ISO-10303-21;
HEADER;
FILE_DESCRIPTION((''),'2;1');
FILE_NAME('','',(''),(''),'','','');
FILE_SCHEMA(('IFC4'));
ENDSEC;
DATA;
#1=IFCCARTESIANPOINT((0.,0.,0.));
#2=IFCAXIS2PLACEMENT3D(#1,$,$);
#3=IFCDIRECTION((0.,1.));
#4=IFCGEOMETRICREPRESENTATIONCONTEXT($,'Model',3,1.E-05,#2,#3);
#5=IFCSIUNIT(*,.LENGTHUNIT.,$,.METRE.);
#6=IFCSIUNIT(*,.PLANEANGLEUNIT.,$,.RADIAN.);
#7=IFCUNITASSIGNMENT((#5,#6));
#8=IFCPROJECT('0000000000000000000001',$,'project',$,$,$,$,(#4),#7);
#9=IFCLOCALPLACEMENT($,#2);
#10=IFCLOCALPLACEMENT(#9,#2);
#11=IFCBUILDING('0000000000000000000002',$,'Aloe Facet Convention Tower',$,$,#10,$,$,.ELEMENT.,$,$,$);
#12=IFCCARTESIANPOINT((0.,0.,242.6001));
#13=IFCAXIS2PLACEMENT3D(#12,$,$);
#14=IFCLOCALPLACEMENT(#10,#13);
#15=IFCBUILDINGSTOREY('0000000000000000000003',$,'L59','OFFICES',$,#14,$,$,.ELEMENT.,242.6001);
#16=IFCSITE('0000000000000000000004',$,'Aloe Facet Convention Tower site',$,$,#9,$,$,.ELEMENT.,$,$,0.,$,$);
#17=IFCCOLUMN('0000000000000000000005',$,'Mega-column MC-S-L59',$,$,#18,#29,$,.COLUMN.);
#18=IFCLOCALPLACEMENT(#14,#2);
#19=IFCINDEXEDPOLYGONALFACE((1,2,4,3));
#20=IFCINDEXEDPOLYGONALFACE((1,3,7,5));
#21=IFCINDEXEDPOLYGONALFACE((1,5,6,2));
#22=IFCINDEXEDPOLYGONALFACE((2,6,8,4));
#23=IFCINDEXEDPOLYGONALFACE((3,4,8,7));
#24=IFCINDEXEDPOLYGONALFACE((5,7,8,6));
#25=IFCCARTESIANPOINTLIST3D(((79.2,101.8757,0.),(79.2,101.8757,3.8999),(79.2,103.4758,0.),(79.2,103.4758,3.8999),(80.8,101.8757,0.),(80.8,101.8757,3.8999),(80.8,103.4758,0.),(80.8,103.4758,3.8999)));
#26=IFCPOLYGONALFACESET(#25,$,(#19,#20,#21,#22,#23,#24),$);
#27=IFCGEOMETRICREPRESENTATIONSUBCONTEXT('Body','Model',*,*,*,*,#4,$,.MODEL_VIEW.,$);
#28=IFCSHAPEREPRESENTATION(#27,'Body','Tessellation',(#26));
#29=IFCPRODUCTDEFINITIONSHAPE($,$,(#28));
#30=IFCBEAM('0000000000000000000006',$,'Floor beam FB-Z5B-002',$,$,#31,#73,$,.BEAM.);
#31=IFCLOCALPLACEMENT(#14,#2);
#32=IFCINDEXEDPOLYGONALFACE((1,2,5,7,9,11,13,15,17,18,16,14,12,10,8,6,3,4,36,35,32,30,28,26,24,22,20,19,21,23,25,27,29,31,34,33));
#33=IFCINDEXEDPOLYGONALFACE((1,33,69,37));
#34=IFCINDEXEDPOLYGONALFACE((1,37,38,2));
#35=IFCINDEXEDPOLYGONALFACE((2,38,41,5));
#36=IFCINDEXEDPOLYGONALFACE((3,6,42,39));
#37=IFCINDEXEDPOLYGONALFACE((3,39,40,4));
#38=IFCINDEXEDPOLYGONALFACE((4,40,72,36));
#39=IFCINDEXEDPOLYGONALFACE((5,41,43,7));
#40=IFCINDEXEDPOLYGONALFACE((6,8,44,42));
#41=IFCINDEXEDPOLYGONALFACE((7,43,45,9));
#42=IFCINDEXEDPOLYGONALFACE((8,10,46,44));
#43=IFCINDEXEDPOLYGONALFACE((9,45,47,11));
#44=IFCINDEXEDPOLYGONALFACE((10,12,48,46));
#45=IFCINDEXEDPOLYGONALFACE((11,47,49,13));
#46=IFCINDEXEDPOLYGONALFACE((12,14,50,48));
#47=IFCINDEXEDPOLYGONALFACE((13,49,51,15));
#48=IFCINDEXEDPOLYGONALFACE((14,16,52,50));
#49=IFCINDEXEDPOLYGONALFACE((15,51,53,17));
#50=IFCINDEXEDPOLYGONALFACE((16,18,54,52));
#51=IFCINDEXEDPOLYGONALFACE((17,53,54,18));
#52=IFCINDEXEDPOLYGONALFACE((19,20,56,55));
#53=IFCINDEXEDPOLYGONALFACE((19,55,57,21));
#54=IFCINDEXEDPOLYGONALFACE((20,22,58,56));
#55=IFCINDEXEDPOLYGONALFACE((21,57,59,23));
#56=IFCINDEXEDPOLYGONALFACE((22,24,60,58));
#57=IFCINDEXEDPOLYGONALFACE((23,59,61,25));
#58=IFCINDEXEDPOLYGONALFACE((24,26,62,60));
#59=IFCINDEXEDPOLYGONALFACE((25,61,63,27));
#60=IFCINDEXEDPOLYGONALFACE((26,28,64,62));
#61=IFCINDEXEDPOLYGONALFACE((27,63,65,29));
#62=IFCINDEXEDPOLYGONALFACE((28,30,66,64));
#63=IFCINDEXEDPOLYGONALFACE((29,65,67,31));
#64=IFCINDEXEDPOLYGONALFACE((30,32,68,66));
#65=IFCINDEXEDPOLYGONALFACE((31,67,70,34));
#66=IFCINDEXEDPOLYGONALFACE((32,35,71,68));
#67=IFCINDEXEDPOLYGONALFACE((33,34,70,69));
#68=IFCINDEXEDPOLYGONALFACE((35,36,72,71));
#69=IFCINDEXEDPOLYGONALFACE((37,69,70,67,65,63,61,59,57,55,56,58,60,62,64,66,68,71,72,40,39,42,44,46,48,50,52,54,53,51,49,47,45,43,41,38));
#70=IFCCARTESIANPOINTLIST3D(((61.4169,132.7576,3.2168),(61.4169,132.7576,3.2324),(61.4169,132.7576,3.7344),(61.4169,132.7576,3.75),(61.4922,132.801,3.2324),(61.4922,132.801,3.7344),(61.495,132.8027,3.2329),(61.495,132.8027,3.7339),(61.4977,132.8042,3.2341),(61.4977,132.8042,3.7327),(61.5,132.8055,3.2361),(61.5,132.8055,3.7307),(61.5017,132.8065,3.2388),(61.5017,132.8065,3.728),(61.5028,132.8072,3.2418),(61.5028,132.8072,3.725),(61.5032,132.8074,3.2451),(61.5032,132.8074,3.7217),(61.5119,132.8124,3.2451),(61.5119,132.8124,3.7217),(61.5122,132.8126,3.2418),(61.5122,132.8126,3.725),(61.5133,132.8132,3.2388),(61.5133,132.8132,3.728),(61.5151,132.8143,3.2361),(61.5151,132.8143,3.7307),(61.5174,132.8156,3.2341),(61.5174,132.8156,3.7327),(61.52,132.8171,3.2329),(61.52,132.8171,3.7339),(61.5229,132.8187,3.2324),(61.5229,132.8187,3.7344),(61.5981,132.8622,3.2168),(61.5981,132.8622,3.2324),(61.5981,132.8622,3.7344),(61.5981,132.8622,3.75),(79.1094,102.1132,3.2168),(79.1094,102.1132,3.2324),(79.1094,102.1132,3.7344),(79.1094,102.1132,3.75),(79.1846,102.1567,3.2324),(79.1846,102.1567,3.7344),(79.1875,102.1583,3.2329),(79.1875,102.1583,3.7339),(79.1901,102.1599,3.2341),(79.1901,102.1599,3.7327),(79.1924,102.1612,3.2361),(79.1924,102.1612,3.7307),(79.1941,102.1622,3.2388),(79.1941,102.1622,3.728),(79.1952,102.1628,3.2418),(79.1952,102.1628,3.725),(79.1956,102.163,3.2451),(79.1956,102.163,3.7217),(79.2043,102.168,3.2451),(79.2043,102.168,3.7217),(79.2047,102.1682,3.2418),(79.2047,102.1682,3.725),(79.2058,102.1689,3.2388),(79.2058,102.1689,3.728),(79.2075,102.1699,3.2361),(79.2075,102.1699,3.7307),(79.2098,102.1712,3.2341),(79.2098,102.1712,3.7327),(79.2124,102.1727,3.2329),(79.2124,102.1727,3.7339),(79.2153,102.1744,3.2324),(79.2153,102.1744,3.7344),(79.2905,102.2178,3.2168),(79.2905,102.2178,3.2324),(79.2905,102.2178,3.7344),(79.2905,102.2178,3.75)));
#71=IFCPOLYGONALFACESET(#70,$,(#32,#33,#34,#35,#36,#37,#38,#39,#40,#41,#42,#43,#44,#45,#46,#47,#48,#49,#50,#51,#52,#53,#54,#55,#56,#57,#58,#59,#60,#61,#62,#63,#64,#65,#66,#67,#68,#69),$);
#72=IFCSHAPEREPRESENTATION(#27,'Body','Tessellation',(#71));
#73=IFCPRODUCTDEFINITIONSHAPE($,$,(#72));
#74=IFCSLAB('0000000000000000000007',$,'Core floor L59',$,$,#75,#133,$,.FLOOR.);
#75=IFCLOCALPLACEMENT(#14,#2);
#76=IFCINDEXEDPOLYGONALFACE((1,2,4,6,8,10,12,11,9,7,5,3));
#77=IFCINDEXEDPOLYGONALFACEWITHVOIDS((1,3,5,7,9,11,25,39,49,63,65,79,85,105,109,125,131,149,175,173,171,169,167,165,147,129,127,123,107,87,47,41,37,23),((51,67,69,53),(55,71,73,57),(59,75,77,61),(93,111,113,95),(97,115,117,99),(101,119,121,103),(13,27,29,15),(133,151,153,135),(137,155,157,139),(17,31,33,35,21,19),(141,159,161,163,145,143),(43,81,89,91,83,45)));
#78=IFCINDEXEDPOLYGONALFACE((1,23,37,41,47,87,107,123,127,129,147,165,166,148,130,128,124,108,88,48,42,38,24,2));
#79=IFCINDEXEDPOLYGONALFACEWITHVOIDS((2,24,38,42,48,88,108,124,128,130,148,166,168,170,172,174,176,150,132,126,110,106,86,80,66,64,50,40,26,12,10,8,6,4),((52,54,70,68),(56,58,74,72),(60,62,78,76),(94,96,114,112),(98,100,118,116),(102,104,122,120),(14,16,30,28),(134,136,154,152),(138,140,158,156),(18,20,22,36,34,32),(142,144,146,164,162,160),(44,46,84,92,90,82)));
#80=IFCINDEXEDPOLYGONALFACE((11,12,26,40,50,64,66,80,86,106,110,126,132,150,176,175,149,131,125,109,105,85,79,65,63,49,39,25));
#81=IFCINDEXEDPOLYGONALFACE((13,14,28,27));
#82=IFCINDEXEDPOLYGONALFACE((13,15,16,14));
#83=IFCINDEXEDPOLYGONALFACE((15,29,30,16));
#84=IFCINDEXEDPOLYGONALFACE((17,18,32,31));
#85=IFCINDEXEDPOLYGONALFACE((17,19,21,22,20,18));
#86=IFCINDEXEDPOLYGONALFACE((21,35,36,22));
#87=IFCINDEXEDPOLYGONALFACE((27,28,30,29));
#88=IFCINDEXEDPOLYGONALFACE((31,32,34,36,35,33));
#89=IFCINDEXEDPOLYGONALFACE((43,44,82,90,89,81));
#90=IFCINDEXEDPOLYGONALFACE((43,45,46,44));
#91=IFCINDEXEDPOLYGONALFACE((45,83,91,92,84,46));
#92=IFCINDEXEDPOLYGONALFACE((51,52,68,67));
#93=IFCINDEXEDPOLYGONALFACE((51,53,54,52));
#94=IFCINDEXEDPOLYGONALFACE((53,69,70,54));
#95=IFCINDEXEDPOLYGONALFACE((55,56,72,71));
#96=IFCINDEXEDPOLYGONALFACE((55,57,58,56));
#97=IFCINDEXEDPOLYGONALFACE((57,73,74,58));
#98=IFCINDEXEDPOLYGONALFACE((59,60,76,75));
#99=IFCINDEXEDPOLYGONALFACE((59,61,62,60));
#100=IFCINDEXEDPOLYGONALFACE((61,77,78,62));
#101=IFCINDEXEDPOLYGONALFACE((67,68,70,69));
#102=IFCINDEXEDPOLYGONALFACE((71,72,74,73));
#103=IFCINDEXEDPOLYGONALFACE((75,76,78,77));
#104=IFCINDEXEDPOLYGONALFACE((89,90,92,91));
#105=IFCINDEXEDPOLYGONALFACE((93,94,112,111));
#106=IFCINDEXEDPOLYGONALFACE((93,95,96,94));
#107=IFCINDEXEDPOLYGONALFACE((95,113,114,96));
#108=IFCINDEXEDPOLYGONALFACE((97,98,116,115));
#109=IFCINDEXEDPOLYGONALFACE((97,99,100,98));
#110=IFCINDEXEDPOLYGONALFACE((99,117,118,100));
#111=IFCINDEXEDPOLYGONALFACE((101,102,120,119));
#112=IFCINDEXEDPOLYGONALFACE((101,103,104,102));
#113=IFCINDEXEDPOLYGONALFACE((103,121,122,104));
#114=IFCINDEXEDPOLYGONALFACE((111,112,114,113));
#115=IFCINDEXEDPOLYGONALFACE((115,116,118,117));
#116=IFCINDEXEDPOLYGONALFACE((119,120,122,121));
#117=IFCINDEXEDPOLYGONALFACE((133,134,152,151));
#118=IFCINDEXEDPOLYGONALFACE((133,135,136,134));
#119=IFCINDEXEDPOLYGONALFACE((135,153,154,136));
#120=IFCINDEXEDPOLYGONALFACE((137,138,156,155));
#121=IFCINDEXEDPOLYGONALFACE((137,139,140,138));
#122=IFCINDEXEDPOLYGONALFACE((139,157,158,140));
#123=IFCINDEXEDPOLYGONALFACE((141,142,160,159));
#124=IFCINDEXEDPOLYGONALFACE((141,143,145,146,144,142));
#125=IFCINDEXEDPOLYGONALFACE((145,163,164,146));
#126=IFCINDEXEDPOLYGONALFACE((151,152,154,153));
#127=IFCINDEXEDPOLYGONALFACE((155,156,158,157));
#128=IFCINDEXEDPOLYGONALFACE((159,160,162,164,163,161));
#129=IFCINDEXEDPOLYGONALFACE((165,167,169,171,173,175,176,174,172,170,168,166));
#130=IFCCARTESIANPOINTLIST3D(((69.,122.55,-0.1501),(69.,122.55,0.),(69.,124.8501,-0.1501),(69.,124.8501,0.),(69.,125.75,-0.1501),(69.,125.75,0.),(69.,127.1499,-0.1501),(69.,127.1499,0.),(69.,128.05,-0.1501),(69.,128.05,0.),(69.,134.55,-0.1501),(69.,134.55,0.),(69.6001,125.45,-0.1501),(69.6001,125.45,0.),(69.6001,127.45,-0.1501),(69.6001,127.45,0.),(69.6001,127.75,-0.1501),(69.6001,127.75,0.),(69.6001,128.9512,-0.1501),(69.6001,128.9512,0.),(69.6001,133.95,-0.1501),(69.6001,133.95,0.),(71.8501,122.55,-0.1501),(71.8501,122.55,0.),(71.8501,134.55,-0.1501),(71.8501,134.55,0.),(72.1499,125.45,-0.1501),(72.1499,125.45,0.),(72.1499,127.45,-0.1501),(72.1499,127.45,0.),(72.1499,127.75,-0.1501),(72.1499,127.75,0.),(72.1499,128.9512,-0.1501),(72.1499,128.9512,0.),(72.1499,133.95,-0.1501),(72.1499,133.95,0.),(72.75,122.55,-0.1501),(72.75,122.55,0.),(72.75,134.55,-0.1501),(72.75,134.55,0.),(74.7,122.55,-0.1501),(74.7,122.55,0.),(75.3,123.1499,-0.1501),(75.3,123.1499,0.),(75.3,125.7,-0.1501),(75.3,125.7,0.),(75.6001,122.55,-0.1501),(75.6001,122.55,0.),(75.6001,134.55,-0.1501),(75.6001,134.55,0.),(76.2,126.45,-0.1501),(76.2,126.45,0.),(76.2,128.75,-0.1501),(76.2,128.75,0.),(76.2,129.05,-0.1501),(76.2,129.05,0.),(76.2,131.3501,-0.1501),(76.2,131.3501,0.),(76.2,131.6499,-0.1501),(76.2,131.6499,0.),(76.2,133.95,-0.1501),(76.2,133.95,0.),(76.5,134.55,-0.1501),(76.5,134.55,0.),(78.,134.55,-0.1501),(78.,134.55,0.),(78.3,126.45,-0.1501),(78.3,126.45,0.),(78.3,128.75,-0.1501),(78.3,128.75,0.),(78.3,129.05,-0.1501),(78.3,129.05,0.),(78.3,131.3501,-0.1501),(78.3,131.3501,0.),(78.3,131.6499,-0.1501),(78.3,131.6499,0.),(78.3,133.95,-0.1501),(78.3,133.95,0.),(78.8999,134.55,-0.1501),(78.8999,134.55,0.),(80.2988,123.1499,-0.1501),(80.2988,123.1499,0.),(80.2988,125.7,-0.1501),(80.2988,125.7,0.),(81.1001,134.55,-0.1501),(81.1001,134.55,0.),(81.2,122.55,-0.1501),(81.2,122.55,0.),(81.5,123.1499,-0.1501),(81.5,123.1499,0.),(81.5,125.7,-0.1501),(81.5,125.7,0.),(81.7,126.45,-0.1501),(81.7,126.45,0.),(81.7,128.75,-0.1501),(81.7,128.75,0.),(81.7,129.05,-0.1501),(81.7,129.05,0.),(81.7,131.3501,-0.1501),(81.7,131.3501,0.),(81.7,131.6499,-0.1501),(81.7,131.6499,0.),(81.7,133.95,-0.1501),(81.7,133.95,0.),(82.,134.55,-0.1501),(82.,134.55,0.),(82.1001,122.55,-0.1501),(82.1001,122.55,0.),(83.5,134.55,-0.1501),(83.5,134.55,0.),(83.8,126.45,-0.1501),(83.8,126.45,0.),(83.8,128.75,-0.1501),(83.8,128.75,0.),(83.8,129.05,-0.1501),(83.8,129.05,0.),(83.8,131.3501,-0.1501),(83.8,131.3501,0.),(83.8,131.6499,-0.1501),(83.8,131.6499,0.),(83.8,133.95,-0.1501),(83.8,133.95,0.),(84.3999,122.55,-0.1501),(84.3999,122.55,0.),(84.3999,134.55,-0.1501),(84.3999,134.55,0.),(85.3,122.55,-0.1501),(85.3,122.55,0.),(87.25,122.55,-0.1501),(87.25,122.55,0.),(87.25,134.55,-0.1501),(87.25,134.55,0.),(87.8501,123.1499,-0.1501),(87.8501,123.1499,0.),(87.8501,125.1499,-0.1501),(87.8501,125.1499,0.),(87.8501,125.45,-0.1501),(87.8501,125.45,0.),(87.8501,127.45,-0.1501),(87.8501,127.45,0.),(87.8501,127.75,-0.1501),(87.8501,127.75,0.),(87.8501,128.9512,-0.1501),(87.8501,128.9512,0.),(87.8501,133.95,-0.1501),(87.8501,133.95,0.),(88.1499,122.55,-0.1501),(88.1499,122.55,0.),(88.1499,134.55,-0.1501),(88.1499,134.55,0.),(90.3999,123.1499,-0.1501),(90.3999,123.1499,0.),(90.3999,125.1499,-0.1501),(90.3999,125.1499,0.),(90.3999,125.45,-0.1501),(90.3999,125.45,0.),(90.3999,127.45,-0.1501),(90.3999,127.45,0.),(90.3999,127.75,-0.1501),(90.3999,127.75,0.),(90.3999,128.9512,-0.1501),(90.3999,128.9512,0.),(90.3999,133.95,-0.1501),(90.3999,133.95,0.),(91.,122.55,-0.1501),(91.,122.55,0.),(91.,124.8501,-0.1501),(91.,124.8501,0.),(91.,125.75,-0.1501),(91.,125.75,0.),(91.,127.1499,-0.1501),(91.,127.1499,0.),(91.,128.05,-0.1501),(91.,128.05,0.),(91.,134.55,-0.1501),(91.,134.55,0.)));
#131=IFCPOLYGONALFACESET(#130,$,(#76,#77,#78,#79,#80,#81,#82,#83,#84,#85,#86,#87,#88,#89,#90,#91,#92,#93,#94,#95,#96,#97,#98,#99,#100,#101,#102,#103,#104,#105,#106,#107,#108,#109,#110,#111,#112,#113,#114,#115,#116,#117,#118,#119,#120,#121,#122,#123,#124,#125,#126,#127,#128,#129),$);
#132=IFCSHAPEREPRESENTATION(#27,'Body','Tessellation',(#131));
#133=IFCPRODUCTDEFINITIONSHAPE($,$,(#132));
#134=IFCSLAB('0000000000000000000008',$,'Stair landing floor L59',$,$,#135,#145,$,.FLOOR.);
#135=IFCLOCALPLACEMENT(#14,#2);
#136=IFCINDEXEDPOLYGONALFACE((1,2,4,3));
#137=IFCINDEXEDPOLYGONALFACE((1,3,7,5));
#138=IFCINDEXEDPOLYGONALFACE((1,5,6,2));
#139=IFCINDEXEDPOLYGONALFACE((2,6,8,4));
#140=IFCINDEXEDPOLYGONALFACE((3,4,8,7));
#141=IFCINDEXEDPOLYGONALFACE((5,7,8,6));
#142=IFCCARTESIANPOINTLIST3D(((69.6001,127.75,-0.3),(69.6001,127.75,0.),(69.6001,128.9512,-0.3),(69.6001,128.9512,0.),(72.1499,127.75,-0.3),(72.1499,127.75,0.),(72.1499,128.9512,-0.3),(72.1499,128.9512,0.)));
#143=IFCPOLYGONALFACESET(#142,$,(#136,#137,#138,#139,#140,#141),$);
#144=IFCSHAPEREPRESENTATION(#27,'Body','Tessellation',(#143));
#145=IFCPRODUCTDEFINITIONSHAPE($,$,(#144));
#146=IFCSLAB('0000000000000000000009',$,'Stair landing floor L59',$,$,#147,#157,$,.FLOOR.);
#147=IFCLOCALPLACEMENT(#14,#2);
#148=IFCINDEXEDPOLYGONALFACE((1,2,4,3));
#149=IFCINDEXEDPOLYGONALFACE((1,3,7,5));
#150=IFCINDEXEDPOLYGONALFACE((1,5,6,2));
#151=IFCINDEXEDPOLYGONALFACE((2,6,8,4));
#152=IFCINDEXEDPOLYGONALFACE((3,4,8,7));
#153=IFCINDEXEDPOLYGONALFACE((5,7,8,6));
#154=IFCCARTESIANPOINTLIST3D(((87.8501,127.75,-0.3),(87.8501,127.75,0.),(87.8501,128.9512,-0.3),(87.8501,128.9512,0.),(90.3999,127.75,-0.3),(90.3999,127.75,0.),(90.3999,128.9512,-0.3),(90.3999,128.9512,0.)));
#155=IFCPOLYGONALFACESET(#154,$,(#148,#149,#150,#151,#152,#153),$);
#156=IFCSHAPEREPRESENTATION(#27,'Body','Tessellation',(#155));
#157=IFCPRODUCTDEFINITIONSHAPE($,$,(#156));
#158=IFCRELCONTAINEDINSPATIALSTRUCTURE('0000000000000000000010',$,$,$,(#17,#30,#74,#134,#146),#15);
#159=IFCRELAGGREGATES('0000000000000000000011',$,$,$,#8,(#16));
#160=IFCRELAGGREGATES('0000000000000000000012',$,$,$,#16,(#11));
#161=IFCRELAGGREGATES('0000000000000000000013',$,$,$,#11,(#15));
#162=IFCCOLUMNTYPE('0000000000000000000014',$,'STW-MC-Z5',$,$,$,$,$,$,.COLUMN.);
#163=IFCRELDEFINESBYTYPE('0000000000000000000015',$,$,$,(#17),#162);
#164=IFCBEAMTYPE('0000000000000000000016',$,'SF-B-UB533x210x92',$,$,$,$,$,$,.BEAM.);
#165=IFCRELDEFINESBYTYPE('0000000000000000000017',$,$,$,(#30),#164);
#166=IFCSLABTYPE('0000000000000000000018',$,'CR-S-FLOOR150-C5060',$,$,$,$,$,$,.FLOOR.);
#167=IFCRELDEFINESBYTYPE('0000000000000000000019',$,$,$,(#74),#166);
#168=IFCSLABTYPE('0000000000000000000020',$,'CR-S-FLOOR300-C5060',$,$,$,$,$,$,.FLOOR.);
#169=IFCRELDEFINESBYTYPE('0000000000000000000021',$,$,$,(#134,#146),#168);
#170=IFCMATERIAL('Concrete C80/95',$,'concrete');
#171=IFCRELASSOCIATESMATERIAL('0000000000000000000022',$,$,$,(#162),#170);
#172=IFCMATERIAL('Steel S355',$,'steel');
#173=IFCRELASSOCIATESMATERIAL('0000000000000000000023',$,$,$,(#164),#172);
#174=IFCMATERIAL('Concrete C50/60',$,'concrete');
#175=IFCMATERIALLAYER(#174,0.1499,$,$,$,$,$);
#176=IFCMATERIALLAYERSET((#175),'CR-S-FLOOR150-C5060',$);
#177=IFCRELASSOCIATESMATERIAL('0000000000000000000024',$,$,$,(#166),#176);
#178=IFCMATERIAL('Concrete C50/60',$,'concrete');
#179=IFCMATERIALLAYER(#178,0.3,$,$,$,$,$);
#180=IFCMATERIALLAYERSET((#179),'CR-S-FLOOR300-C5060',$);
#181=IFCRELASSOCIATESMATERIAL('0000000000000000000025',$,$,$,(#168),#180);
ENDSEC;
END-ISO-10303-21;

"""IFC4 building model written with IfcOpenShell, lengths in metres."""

from ifc_helpers import new_model, si_unit, direction, frame, origin, origin_2d, place, context, subcontext, project, spatial, polyline, rectangle, i_section, outline, extrude, material, layer, layer_set, material_profile, profile_set, type_object, element, save


model = new_model("IFC4")

# Units and contexts
model_context = context("Model", 3, precision=1e-05, world=origin(), true_north=direction((0.0, 1.0)))
body_context = subcontext(model_context, "Body", "Model", "MODEL_VIEW")
ifc_project = project(units=[si_unit("LENGTHUNIT", "METRE"), si_unit("PLANEANGLEUNIT", "RADIAN")], contexts=[model_context])

# Site, building, storey
site_placement = place(None, origin())
site = spatial("IfcSite", under=ifc_project, at=site_placement, Name="Aloe Facet Convention Tower site", CompositionType="ELEMENT", RefElevation=0.0)
building_placement = place(site_placement, origin())
building = spatial("IfcBuilding", under=site, at=building_placement, Name="Aloe Facet Convention Tower", CompositionType="ELEMENT")
storey_placement = place(building_placement, frame((0.0, 0.0, 242.6001)))
storey = spatial("IfcBuildingStorey", under=building, at=storey_placement, Name="L59", Description="OFFICES", CompositionType="ELEMENT", Elevation=242.6001)

# Column
ifc_material_1 = material(Name="Concrete C80/95", Category="concrete")
ifc_material_profile_1 = material_profile(ifc_material_1, rectangle(XDim=1.6001, YDim=1.6001, at=origin_2d()), Name="STW-MC-Z5")
ifc_profile_set_1 = profile_set([ifc_material_profile_1], Name="Concrete C80/95")
column_type = type_object("IfcColumnType", Name="STW-MC-Z5", PredefinedType="COLUMN", material=ifc_profile_set_1)
column_placement = place(storey_placement, frame((80.0, 102.6758, 0.0), z_axis=(0.0, 0.0, 1.0), x_axis=(1.0, 0.0, 0.0)))
element("IfcColumn", 1, at=column_placement, inside=storey, type_object=column_type, Name="Mega-column MC-S-L59", PredefinedType="COLUMN", context=body_context, shape_type="SweptSolid", body=[
    extrude(rectangle(XDim=1.6001, YDim=1.6001, at=origin_2d()), origin(), (0.0, 0.0, 1.0), 3.8999),
])

# Beam
ifc_material_2 = material(Name="Steel S355", Category="steel")
ifc_material_profile_2 = material_profile(ifc_material_2, i_section(OverallWidth=0.2092, OverallDepth=0.5332, WebThickness=0.01, FlangeThickness=0.0156, FilletRadius=0.0127, at=origin_2d()), Name="UB 533x210x92")
ifc_profile_set_2 = profile_set([ifc_material_profile_2], Name="Steel S355")
beam_type = type_object("IfcBeamType", Name="SF-B-UB533x210x92", PredefinedType="BEAM", material=ifc_profile_set_2)
beam_placement = place(storey_placement, frame((79.2, 102.1655, 3.4834), z_axis=(-0.499998, 0.866027, 0.0), x_axis=(-0.866027, -0.499998, 0.0)))
element("IfcBeam", 2, at=beam_placement, inside=storey, type_object=beam_type, Name="Floor beam FB-Z5B-002", PredefinedType="BEAM", context=body_context, shape_type="SweptSolid", body=[
    extrude(i_section(OverallWidth=0.2092, OverallDepth=0.5332, WebThickness=0.01, FlangeThickness=0.0156, FilletRadius=0.0127, at=origin_2d()), origin(), (0.0, 0.0, 1.0), 35.385),
])

# Slabs
ifc_material_3 = material(Name="Concrete C50/60", Category="concrete")
ifc_layer_1 = layer(ifc_material_3, 0.1499)
ifc_layer_set_1 = layer_set([ifc_layer_1], Name="CR-S-FLOOR150-C5060")
slab_type_1 = type_object("IfcSlabType", Name="CR-S-FLOOR150-C5060", PredefinedType="FLOOR", material=ifc_layer_set_1)
slab_1_placement = place(storey_placement, frame((0.0, 0.0, -0.1501)))
element("IfcSlab", 3, at=slab_1_placement, inside=storey, type_object=slab_type_1, Name="Core floor L59", PredefinedType="FLOOR", context=body_context, shape_type="SweptSolid", body=[
    extrude(outline(polyline([(71.8501, 134.55), (72.75, 134.55), (75.6001, 134.55), (76.5, 134.55), (78.0, 134.55), (78.8999, 134.55), (81.1001, 134.55), (82.0, 134.55), (83.5, 134.55), (84.3999, 134.55), (87.25, 134.55), (88.1499, 134.55), (91.0, 134.55), (91.0, 128.05), (91.0, 127.1499), (91.0, 125.75), (91.0, 124.8501), (91.0, 122.55), (88.1499, 122.55), (87.25, 122.55), (85.3, 122.55), (84.3999, 122.55), (82.1001, 122.55), (81.2, 122.55), (75.6001, 122.55), (74.7, 122.55), (72.75, 122.55), (71.8501, 122.55), (69.0, 122.55), (69.0, 124.8501), (69.0, 125.75), (69.0, 127.1499), (69.0, 128.05), (69.0, 134.55), (71.8501, 134.55)]), holes=[polyline([(80.2988, 123.1499), (81.5, 123.1499), (81.5, 125.7), (80.2988, 125.7), (75.3, 125.7), (75.3, 123.1499), (80.2988, 123.1499)]), polyline([(69.6001, 125.45), (72.1499, 125.45), (72.1499, 127.45), (69.6001, 127.45), (69.6001, 125.45)]), polyline([(76.2, 126.45), (78.3, 126.45), (78.3, 128.75), (76.2, 128.75), (76.2, 126.45)]), polyline([(78.3, 129.05), (78.3, 131.3501), (76.2, 131.3501), (76.2, 129.05), (78.3, 129.05)]), polyline([(69.6001, 133.95), (69.6001, 128.9512), (69.6001, 127.75), (72.1499, 127.75), (72.1499, 128.9512), (72.1499, 133.95), (69.6001, 133.95)]), polyline([(76.2, 131.6499), (78.3, 131.6499), (78.3, 133.95), (76.2, 133.95), (76.2, 131.6499)]), polyline([(90.3999, 123.1499), (90.3999, 125.1499), (87.8501, 125.1499), (87.8501, 123.1499), (90.3999, 123.1499)]), polyline([(87.8501, 125.45), (90.3999, 125.45), (90.3999, 127.45), (87.8501, 127.45), (87.8501, 125.45)]), polyline([(81.7, 126.45), (83.8, 126.45), (83.8, 128.75), (81.7, 128.75), (81.7, 126.45)]), polyline([(83.8, 129.05), (83.8, 131.3501), (81.7, 131.3501), (81.7, 129.05), (83.8, 129.05)]), polyline([(87.8501, 133.95), (87.8501, 128.9512), (87.8501, 127.75), (90.3999, 127.75), (90.3999, 128.9512), (90.3999, 133.95), (87.8501, 133.95)]), polyline([(81.7, 131.6499), (83.8, 131.6499), (83.8, 133.95), (81.7, 133.95), (81.7, 131.6499)])]), origin(), (0.0, 0.0, 1.0), 0.1501),
])
ifc_material_4 = material(Name="Concrete C50/60", Category="concrete")
ifc_layer_2 = layer(ifc_material_4, 0.3)
ifc_layer_set_2 = layer_set([ifc_layer_2], Name="CR-S-FLOOR300-C5060")
slab_type_2 = type_object("IfcSlabType", Name="CR-S-FLOOR300-C5060", PredefinedType="FLOOR", material=ifc_layer_set_2)
slab_2_placement = place(storey_placement, frame((0.0, 0.0, -0.3)))
element("IfcSlab", 4, at=slab_2_placement, inside=storey, type_object=slab_type_2, Name="Stair landing floor L59", PredefinedType="FLOOR", context=body_context, shape_type="SweptSolid", body=[
    extrude(outline(polyline([(72.1499, 127.75), (72.1499, 128.9512), (69.6001, 128.9512), (69.6001, 127.75), (72.1499, 127.75)])), origin(), (0.0, 0.0, 1.0), 0.3),
])
slab_3_placement = place(storey_placement, frame((0.0, 0.0, -0.3)))
element("IfcSlab", 5, at=slab_3_placement, inside=storey, type_object=slab_type_2, Name="Stair landing floor L59", PredefinedType="FLOOR", context=body_context, shape_type="SweptSolid", body=[
    extrude(outline(polyline([(90.3999, 127.75), (90.3999, 128.9512), (87.8501, 128.9512), (87.8501, 127.75), (90.3999, 127.75)])), origin(), (0.0, 0.0, 1.0), 0.3),
])

save(model, "model.ifc")
